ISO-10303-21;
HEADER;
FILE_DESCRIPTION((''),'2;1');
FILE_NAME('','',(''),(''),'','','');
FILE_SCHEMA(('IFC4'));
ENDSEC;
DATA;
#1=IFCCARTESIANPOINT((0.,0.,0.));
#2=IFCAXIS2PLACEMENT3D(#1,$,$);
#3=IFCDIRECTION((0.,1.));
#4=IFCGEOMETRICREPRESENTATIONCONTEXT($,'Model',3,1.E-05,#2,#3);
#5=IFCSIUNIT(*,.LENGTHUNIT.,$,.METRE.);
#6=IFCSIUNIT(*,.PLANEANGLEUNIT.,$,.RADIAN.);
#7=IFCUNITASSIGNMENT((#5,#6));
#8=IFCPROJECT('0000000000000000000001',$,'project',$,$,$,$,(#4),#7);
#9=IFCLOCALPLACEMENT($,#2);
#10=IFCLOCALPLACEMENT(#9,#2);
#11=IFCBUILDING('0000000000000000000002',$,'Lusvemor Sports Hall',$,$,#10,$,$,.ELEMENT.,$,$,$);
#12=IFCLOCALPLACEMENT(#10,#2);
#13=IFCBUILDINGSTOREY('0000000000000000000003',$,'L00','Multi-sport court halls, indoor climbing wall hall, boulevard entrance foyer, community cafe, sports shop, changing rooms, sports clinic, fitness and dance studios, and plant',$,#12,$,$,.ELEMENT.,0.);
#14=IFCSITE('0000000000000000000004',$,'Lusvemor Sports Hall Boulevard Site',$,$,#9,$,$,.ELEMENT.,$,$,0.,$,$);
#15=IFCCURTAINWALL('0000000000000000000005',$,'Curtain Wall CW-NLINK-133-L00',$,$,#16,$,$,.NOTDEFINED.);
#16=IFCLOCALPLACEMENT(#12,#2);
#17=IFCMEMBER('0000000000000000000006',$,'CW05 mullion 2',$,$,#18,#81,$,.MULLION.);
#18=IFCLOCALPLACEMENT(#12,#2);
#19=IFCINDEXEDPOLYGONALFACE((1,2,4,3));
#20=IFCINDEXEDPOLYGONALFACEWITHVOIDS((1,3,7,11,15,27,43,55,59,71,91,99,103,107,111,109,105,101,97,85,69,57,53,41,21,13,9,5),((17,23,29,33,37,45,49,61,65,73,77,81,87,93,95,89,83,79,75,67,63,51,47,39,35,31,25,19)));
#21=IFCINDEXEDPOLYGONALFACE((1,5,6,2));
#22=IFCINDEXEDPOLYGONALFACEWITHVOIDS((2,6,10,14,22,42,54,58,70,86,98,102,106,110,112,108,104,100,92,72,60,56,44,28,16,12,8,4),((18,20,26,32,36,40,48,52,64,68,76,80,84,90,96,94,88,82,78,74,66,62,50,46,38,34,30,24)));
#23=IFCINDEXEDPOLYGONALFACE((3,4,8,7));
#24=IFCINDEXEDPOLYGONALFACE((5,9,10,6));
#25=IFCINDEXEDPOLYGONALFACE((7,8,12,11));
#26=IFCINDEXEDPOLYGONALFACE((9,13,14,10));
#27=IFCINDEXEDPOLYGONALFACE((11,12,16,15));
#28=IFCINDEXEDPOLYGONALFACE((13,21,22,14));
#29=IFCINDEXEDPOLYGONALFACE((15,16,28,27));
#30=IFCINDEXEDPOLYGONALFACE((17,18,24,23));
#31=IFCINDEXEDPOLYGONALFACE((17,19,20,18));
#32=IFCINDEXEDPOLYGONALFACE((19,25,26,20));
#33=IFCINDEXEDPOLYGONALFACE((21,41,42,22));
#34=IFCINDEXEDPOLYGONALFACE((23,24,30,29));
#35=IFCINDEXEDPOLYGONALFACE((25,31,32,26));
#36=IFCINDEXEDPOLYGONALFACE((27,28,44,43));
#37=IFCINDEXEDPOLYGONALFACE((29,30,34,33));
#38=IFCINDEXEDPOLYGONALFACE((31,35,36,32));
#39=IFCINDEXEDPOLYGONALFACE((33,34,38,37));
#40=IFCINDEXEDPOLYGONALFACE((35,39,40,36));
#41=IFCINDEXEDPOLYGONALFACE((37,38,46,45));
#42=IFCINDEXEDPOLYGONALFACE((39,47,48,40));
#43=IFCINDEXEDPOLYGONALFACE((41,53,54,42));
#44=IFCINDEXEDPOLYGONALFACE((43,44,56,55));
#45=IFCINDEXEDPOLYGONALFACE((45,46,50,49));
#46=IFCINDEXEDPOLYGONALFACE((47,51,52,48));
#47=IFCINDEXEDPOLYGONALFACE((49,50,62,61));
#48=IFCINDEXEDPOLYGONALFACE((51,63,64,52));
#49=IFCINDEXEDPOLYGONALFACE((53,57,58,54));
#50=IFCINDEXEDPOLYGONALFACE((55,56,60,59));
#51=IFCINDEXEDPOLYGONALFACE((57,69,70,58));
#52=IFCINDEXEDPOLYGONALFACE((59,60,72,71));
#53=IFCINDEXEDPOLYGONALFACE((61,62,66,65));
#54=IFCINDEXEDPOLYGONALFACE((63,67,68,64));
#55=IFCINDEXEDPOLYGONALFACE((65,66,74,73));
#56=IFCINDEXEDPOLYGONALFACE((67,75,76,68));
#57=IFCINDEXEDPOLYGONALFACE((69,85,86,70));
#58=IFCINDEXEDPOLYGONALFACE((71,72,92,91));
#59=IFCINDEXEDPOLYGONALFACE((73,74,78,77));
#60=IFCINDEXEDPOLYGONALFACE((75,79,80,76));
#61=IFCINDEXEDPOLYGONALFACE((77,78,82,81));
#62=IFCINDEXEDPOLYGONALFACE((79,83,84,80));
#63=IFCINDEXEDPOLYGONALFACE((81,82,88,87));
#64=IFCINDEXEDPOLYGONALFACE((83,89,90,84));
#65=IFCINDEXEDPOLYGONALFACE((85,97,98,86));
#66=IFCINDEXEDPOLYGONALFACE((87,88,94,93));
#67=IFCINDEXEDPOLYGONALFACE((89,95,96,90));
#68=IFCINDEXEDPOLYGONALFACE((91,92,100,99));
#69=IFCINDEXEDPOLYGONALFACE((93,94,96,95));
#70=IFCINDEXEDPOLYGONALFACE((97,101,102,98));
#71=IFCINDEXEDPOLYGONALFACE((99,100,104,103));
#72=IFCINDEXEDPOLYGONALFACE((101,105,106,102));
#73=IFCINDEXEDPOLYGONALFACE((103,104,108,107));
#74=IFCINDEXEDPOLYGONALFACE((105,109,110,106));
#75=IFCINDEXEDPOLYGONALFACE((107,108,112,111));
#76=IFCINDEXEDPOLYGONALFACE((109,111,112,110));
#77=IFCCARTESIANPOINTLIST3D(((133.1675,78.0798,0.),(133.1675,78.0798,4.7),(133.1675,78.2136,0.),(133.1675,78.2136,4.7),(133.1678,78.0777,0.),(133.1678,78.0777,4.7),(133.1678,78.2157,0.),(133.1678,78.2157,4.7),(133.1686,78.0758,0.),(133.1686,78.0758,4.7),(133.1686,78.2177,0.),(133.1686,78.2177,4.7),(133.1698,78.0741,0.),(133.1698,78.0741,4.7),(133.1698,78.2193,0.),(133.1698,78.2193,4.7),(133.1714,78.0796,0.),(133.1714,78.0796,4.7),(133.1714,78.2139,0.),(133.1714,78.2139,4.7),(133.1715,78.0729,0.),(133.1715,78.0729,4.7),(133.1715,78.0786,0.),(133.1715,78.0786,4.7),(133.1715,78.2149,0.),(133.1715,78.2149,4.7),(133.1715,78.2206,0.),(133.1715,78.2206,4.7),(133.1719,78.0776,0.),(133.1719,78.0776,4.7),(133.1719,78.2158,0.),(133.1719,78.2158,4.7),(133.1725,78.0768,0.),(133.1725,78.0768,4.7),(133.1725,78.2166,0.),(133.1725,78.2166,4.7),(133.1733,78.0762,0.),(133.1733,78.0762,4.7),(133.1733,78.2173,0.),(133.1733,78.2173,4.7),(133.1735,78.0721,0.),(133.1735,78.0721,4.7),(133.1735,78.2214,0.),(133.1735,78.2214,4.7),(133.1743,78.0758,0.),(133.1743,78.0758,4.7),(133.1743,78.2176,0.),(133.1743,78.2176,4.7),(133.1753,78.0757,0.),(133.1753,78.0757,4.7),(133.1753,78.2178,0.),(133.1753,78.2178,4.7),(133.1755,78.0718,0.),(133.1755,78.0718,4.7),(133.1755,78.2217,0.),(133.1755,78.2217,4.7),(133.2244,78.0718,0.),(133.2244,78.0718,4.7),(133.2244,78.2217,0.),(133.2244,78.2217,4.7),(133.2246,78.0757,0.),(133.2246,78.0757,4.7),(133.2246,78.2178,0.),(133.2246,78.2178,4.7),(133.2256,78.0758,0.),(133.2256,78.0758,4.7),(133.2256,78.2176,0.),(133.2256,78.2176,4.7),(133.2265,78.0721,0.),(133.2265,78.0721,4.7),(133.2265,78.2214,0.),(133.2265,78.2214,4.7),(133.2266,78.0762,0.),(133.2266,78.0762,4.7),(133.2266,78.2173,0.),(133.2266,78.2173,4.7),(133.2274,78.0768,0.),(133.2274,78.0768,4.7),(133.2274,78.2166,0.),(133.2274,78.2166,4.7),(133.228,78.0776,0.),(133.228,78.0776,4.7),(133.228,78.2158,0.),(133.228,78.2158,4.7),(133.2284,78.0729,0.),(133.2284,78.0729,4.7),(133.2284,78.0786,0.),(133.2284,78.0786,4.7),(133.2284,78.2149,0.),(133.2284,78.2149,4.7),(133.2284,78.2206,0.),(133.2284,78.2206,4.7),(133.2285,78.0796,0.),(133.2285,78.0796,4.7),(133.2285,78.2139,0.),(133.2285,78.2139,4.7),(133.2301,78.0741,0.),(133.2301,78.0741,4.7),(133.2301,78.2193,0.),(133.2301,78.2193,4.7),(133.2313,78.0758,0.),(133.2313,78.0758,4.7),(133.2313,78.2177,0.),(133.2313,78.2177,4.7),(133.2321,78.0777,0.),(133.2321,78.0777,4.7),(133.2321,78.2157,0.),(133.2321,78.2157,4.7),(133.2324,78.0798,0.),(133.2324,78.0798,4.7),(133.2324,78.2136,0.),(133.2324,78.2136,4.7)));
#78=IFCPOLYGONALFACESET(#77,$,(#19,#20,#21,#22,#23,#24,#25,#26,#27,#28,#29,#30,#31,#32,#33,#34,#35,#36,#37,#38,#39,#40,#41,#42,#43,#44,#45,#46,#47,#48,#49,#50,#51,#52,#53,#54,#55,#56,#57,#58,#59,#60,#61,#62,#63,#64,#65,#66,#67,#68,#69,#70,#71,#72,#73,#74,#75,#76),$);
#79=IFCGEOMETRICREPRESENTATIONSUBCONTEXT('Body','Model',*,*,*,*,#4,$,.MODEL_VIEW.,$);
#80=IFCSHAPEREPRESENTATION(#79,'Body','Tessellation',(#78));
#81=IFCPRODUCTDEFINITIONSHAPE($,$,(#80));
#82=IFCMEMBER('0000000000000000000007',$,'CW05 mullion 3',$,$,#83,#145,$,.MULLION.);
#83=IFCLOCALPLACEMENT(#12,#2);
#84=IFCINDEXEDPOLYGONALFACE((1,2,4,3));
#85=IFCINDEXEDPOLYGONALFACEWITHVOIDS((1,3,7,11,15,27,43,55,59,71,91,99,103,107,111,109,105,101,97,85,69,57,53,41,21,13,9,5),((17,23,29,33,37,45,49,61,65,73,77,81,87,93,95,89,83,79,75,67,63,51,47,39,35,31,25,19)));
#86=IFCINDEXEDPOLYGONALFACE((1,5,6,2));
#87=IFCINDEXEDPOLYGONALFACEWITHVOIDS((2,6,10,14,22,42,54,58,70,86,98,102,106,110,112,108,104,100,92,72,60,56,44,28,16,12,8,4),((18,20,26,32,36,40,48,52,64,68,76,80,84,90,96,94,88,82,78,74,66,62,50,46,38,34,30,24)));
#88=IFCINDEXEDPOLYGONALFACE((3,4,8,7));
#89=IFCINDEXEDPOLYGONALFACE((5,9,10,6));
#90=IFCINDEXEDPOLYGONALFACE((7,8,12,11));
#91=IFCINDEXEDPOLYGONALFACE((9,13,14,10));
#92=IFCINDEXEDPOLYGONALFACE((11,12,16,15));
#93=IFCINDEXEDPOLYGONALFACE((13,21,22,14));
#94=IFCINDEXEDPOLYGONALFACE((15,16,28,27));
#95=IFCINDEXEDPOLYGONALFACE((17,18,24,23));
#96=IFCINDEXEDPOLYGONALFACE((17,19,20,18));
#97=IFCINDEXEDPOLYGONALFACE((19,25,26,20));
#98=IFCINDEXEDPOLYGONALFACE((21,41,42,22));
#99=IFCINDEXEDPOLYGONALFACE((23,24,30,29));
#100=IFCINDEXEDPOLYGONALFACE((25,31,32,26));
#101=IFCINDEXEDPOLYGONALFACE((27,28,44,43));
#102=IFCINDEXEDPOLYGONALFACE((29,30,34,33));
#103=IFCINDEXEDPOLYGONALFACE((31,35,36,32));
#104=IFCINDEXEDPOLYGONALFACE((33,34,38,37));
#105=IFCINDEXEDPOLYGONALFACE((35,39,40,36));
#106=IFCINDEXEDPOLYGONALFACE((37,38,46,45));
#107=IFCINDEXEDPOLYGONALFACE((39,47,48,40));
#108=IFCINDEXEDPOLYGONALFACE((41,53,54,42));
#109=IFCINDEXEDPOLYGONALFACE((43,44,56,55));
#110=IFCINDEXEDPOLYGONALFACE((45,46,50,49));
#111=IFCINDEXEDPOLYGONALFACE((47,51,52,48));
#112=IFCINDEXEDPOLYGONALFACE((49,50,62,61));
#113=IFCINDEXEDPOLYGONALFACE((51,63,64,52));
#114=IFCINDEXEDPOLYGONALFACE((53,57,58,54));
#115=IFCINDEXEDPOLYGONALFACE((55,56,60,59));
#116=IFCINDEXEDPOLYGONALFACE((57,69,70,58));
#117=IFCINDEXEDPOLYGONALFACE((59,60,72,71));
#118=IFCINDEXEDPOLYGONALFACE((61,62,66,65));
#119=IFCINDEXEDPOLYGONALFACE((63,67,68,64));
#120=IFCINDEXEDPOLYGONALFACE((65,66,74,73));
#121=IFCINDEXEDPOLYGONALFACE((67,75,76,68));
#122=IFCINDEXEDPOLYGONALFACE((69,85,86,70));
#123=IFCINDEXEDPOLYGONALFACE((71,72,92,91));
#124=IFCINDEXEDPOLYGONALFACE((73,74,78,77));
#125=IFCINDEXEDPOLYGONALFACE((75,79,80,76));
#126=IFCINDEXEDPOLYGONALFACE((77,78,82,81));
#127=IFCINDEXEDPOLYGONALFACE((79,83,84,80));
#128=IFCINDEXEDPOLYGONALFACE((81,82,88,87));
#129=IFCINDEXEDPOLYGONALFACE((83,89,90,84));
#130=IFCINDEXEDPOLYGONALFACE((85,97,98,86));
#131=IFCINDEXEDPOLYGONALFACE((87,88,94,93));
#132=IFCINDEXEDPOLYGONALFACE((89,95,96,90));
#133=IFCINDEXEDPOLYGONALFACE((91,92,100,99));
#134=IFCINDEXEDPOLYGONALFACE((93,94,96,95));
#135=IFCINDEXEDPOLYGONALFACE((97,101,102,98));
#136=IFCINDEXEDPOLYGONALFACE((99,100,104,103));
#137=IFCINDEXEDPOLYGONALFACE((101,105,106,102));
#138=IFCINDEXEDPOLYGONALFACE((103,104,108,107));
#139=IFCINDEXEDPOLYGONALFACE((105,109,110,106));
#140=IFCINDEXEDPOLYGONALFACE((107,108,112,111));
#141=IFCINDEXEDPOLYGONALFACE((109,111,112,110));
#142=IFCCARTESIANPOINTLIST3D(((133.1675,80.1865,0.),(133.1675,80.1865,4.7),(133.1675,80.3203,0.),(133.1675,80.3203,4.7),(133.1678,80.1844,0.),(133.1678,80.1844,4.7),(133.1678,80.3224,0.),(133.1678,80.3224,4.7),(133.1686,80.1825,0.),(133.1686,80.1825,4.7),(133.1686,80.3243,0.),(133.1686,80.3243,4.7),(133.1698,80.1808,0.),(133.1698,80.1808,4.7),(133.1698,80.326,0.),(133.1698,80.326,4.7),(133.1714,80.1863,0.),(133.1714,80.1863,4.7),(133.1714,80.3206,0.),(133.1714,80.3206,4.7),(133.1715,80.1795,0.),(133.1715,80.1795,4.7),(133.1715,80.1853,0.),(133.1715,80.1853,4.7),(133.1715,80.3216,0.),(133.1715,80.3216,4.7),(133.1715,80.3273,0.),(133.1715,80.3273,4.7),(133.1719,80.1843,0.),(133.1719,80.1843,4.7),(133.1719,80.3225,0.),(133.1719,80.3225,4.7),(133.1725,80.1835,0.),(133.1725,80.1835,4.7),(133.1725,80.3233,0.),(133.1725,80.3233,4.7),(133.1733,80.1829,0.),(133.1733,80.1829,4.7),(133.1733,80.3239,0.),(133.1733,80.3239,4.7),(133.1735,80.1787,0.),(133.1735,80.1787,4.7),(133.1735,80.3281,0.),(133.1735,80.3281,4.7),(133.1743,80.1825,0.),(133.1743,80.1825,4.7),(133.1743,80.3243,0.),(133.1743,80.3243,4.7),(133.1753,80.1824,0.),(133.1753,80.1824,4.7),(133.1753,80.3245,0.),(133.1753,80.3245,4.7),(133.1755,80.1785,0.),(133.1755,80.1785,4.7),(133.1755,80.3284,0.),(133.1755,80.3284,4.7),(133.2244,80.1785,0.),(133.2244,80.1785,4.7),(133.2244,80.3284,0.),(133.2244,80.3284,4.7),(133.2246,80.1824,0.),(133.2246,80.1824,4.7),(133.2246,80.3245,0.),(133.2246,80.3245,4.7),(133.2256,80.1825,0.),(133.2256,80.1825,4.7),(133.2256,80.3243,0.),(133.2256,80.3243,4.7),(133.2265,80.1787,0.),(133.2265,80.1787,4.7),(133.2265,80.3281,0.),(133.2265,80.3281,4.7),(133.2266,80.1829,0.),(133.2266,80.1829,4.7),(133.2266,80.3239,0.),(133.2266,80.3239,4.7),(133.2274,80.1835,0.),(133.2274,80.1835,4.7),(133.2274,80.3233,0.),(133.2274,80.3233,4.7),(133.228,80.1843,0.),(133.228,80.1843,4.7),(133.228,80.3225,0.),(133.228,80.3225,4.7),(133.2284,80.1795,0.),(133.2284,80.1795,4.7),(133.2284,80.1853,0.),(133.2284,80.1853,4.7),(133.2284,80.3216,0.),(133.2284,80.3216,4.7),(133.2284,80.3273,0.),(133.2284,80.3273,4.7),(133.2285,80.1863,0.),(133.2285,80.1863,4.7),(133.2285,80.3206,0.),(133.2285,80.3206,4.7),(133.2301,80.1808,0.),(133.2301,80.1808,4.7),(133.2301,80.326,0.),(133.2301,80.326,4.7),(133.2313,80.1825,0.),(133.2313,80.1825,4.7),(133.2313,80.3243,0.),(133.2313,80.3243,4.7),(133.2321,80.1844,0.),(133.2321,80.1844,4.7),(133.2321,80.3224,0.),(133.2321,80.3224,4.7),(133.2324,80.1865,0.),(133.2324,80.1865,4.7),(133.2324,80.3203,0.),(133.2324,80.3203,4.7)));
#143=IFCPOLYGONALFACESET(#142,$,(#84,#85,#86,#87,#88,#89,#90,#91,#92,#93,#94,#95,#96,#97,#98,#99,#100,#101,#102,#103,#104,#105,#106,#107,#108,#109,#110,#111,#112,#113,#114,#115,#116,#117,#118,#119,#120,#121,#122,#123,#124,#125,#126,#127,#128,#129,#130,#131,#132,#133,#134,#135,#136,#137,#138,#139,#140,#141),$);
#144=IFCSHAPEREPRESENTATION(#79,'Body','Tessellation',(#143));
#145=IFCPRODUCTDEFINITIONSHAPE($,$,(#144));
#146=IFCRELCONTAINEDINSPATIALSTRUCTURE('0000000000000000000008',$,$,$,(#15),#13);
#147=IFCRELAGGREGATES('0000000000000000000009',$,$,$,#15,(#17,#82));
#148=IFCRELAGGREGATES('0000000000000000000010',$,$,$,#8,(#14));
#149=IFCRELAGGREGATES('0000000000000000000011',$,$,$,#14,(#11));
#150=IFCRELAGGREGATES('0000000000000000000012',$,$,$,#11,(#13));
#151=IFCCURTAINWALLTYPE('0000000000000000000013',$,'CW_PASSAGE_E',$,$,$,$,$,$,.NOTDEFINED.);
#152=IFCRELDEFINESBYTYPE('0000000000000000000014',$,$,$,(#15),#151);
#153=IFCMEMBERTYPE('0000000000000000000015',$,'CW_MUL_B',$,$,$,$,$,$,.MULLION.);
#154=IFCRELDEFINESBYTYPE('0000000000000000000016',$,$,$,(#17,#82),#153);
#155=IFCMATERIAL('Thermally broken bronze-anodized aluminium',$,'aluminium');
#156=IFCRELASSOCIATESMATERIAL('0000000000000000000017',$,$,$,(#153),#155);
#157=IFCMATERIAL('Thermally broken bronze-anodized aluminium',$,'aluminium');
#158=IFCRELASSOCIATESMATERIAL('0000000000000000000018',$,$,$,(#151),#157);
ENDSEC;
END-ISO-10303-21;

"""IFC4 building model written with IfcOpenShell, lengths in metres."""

from ifc_helpers import new_model, si_unit, direction, frame, origin, origin_2d, place, context, subcontext, project, spatial, hollow_rectangle, extrude, material, material_profile, profile_set, type_object, element, aggregate, save


model = new_model("IFC4")

# Units and contexts
model_context = context("Model", 3, precision=1e-05, world=origin(), true_north=direction((0.0, 1.0)))
body_context = subcontext(model_context, "Body", "Model", "MODEL_VIEW")
ifc_project = project(units=[si_unit("LENGTHUNIT", "METRE"), si_unit("PLANEANGLEUNIT", "RADIAN")], contexts=[model_context])

# Site, building, storey
site_placement = place(None, origin())
site = spatial("IfcSite", under=ifc_project, at=site_placement, Name="Lusvemor Sports Hall Boulevard Site", CompositionType="ELEMENT", RefElevation=0.0)
building_placement = place(site_placement, origin())
building = spatial("IfcBuilding", under=site, at=building_placement, Name="Lusvemor Sports Hall", CompositionType="ELEMENT")
storey_placement = place(building_placement, origin())
storey = spatial("IfcBuildingStorey", under=building, at=storey_placement, Name="L00", Description="Multi-sport court halls, indoor climbing wall hall, boulevard entrance foyer, community cafe, sports shop, changing rooms, sports clinic, fitness and dance studios, and plant", CompositionType="ELEMENT", Elevation=0.0)

# Shared definitions
ifc_material_1 = material(Name="Thermally broken bronze-anodized aluminium", Category="aluminium")
ifc_material_profile_1 = material_profile(ifc_material_1, hollow_rectangle(XDim=0.0649, YDim=0.1499, WallThickness=0.0039, InnerFilletRadius=0.0039, OuterFilletRadius=0.0081, at=origin_2d()), Name="CWMUL150x65x4")
ifc_profile_set_1 = profile_set([ifc_material_profile_1], Name="Thermally broken bronze-anodized aluminium")
member_type_1 = type_object("IfcMemberType", Name="CW_MUL_B", PredefinedType="MULLION", material=ifc_profile_set_1)

# Curtain wall, members
ifc_material_2 = material(Name="Thermally broken bronze-anodized aluminium", Category="aluminium")
curtain_wall_type_1 = type_object("IfcCurtainWallType", Name="CW_PASSAGE_E", PredefinedType="NOTDEFINED", material=ifc_material_2)
curtain_wall_1_placement = place(storey_placement, origin())
curtain_wall_1 = element("IfcCurtainWall", 1, at=curtain_wall_1_placement, inside=storey, type_object=curtain_wall_type_1, Name="Curtain Wall CW-NLINK-133-L00", PredefinedType="NOTDEFINED")
member_1_placement = place(storey_placement, frame((133.2, 78.1467, 0.0), z_axis=(0.0, 0.0, 1.0), x_axis=(-1.0, 0.0, 0.0)))
member_1 = element("IfcMember", 2, at=member_1_placement, type_object=member_type_1, Name="CW05 mullion 2", PredefinedType="MULLION", context=body_context, shape_type="SweptSolid", body=[
    extrude(hollow_rectangle(XDim=0.0649, YDim=0.1499, WallThickness=0.0039, InnerFilletRadius=0.0039, OuterFilletRadius=0.0081, at=origin_2d()), origin(), (0.0, 0.0, 1.0), 4.7),
])
member_2_placement = place(storey_placement, frame((133.2, 80.2534, 0.0), z_axis=(0.0, 0.0, 1.0), x_axis=(-1.0, 0.0, 0.0)))
member_2 = element("IfcMember", 3, at=member_2_placement, type_object=member_type_1, Name="CW05 mullion 3", PredefinedType="MULLION", context=body_context, shape_type="SweptSolid", body=[
    extrude(hollow_rectangle(XDim=0.0649, YDim=0.1499, WallThickness=0.0039, InnerFilletRadius=0.0039, OuterFilletRadius=0.0081, at=origin_2d()), origin(), (0.0, 0.0, 1.0), 4.7),
])

aggregate(curtain_wall_1, [member_1, member_2])

save(model, "model.ifc")
